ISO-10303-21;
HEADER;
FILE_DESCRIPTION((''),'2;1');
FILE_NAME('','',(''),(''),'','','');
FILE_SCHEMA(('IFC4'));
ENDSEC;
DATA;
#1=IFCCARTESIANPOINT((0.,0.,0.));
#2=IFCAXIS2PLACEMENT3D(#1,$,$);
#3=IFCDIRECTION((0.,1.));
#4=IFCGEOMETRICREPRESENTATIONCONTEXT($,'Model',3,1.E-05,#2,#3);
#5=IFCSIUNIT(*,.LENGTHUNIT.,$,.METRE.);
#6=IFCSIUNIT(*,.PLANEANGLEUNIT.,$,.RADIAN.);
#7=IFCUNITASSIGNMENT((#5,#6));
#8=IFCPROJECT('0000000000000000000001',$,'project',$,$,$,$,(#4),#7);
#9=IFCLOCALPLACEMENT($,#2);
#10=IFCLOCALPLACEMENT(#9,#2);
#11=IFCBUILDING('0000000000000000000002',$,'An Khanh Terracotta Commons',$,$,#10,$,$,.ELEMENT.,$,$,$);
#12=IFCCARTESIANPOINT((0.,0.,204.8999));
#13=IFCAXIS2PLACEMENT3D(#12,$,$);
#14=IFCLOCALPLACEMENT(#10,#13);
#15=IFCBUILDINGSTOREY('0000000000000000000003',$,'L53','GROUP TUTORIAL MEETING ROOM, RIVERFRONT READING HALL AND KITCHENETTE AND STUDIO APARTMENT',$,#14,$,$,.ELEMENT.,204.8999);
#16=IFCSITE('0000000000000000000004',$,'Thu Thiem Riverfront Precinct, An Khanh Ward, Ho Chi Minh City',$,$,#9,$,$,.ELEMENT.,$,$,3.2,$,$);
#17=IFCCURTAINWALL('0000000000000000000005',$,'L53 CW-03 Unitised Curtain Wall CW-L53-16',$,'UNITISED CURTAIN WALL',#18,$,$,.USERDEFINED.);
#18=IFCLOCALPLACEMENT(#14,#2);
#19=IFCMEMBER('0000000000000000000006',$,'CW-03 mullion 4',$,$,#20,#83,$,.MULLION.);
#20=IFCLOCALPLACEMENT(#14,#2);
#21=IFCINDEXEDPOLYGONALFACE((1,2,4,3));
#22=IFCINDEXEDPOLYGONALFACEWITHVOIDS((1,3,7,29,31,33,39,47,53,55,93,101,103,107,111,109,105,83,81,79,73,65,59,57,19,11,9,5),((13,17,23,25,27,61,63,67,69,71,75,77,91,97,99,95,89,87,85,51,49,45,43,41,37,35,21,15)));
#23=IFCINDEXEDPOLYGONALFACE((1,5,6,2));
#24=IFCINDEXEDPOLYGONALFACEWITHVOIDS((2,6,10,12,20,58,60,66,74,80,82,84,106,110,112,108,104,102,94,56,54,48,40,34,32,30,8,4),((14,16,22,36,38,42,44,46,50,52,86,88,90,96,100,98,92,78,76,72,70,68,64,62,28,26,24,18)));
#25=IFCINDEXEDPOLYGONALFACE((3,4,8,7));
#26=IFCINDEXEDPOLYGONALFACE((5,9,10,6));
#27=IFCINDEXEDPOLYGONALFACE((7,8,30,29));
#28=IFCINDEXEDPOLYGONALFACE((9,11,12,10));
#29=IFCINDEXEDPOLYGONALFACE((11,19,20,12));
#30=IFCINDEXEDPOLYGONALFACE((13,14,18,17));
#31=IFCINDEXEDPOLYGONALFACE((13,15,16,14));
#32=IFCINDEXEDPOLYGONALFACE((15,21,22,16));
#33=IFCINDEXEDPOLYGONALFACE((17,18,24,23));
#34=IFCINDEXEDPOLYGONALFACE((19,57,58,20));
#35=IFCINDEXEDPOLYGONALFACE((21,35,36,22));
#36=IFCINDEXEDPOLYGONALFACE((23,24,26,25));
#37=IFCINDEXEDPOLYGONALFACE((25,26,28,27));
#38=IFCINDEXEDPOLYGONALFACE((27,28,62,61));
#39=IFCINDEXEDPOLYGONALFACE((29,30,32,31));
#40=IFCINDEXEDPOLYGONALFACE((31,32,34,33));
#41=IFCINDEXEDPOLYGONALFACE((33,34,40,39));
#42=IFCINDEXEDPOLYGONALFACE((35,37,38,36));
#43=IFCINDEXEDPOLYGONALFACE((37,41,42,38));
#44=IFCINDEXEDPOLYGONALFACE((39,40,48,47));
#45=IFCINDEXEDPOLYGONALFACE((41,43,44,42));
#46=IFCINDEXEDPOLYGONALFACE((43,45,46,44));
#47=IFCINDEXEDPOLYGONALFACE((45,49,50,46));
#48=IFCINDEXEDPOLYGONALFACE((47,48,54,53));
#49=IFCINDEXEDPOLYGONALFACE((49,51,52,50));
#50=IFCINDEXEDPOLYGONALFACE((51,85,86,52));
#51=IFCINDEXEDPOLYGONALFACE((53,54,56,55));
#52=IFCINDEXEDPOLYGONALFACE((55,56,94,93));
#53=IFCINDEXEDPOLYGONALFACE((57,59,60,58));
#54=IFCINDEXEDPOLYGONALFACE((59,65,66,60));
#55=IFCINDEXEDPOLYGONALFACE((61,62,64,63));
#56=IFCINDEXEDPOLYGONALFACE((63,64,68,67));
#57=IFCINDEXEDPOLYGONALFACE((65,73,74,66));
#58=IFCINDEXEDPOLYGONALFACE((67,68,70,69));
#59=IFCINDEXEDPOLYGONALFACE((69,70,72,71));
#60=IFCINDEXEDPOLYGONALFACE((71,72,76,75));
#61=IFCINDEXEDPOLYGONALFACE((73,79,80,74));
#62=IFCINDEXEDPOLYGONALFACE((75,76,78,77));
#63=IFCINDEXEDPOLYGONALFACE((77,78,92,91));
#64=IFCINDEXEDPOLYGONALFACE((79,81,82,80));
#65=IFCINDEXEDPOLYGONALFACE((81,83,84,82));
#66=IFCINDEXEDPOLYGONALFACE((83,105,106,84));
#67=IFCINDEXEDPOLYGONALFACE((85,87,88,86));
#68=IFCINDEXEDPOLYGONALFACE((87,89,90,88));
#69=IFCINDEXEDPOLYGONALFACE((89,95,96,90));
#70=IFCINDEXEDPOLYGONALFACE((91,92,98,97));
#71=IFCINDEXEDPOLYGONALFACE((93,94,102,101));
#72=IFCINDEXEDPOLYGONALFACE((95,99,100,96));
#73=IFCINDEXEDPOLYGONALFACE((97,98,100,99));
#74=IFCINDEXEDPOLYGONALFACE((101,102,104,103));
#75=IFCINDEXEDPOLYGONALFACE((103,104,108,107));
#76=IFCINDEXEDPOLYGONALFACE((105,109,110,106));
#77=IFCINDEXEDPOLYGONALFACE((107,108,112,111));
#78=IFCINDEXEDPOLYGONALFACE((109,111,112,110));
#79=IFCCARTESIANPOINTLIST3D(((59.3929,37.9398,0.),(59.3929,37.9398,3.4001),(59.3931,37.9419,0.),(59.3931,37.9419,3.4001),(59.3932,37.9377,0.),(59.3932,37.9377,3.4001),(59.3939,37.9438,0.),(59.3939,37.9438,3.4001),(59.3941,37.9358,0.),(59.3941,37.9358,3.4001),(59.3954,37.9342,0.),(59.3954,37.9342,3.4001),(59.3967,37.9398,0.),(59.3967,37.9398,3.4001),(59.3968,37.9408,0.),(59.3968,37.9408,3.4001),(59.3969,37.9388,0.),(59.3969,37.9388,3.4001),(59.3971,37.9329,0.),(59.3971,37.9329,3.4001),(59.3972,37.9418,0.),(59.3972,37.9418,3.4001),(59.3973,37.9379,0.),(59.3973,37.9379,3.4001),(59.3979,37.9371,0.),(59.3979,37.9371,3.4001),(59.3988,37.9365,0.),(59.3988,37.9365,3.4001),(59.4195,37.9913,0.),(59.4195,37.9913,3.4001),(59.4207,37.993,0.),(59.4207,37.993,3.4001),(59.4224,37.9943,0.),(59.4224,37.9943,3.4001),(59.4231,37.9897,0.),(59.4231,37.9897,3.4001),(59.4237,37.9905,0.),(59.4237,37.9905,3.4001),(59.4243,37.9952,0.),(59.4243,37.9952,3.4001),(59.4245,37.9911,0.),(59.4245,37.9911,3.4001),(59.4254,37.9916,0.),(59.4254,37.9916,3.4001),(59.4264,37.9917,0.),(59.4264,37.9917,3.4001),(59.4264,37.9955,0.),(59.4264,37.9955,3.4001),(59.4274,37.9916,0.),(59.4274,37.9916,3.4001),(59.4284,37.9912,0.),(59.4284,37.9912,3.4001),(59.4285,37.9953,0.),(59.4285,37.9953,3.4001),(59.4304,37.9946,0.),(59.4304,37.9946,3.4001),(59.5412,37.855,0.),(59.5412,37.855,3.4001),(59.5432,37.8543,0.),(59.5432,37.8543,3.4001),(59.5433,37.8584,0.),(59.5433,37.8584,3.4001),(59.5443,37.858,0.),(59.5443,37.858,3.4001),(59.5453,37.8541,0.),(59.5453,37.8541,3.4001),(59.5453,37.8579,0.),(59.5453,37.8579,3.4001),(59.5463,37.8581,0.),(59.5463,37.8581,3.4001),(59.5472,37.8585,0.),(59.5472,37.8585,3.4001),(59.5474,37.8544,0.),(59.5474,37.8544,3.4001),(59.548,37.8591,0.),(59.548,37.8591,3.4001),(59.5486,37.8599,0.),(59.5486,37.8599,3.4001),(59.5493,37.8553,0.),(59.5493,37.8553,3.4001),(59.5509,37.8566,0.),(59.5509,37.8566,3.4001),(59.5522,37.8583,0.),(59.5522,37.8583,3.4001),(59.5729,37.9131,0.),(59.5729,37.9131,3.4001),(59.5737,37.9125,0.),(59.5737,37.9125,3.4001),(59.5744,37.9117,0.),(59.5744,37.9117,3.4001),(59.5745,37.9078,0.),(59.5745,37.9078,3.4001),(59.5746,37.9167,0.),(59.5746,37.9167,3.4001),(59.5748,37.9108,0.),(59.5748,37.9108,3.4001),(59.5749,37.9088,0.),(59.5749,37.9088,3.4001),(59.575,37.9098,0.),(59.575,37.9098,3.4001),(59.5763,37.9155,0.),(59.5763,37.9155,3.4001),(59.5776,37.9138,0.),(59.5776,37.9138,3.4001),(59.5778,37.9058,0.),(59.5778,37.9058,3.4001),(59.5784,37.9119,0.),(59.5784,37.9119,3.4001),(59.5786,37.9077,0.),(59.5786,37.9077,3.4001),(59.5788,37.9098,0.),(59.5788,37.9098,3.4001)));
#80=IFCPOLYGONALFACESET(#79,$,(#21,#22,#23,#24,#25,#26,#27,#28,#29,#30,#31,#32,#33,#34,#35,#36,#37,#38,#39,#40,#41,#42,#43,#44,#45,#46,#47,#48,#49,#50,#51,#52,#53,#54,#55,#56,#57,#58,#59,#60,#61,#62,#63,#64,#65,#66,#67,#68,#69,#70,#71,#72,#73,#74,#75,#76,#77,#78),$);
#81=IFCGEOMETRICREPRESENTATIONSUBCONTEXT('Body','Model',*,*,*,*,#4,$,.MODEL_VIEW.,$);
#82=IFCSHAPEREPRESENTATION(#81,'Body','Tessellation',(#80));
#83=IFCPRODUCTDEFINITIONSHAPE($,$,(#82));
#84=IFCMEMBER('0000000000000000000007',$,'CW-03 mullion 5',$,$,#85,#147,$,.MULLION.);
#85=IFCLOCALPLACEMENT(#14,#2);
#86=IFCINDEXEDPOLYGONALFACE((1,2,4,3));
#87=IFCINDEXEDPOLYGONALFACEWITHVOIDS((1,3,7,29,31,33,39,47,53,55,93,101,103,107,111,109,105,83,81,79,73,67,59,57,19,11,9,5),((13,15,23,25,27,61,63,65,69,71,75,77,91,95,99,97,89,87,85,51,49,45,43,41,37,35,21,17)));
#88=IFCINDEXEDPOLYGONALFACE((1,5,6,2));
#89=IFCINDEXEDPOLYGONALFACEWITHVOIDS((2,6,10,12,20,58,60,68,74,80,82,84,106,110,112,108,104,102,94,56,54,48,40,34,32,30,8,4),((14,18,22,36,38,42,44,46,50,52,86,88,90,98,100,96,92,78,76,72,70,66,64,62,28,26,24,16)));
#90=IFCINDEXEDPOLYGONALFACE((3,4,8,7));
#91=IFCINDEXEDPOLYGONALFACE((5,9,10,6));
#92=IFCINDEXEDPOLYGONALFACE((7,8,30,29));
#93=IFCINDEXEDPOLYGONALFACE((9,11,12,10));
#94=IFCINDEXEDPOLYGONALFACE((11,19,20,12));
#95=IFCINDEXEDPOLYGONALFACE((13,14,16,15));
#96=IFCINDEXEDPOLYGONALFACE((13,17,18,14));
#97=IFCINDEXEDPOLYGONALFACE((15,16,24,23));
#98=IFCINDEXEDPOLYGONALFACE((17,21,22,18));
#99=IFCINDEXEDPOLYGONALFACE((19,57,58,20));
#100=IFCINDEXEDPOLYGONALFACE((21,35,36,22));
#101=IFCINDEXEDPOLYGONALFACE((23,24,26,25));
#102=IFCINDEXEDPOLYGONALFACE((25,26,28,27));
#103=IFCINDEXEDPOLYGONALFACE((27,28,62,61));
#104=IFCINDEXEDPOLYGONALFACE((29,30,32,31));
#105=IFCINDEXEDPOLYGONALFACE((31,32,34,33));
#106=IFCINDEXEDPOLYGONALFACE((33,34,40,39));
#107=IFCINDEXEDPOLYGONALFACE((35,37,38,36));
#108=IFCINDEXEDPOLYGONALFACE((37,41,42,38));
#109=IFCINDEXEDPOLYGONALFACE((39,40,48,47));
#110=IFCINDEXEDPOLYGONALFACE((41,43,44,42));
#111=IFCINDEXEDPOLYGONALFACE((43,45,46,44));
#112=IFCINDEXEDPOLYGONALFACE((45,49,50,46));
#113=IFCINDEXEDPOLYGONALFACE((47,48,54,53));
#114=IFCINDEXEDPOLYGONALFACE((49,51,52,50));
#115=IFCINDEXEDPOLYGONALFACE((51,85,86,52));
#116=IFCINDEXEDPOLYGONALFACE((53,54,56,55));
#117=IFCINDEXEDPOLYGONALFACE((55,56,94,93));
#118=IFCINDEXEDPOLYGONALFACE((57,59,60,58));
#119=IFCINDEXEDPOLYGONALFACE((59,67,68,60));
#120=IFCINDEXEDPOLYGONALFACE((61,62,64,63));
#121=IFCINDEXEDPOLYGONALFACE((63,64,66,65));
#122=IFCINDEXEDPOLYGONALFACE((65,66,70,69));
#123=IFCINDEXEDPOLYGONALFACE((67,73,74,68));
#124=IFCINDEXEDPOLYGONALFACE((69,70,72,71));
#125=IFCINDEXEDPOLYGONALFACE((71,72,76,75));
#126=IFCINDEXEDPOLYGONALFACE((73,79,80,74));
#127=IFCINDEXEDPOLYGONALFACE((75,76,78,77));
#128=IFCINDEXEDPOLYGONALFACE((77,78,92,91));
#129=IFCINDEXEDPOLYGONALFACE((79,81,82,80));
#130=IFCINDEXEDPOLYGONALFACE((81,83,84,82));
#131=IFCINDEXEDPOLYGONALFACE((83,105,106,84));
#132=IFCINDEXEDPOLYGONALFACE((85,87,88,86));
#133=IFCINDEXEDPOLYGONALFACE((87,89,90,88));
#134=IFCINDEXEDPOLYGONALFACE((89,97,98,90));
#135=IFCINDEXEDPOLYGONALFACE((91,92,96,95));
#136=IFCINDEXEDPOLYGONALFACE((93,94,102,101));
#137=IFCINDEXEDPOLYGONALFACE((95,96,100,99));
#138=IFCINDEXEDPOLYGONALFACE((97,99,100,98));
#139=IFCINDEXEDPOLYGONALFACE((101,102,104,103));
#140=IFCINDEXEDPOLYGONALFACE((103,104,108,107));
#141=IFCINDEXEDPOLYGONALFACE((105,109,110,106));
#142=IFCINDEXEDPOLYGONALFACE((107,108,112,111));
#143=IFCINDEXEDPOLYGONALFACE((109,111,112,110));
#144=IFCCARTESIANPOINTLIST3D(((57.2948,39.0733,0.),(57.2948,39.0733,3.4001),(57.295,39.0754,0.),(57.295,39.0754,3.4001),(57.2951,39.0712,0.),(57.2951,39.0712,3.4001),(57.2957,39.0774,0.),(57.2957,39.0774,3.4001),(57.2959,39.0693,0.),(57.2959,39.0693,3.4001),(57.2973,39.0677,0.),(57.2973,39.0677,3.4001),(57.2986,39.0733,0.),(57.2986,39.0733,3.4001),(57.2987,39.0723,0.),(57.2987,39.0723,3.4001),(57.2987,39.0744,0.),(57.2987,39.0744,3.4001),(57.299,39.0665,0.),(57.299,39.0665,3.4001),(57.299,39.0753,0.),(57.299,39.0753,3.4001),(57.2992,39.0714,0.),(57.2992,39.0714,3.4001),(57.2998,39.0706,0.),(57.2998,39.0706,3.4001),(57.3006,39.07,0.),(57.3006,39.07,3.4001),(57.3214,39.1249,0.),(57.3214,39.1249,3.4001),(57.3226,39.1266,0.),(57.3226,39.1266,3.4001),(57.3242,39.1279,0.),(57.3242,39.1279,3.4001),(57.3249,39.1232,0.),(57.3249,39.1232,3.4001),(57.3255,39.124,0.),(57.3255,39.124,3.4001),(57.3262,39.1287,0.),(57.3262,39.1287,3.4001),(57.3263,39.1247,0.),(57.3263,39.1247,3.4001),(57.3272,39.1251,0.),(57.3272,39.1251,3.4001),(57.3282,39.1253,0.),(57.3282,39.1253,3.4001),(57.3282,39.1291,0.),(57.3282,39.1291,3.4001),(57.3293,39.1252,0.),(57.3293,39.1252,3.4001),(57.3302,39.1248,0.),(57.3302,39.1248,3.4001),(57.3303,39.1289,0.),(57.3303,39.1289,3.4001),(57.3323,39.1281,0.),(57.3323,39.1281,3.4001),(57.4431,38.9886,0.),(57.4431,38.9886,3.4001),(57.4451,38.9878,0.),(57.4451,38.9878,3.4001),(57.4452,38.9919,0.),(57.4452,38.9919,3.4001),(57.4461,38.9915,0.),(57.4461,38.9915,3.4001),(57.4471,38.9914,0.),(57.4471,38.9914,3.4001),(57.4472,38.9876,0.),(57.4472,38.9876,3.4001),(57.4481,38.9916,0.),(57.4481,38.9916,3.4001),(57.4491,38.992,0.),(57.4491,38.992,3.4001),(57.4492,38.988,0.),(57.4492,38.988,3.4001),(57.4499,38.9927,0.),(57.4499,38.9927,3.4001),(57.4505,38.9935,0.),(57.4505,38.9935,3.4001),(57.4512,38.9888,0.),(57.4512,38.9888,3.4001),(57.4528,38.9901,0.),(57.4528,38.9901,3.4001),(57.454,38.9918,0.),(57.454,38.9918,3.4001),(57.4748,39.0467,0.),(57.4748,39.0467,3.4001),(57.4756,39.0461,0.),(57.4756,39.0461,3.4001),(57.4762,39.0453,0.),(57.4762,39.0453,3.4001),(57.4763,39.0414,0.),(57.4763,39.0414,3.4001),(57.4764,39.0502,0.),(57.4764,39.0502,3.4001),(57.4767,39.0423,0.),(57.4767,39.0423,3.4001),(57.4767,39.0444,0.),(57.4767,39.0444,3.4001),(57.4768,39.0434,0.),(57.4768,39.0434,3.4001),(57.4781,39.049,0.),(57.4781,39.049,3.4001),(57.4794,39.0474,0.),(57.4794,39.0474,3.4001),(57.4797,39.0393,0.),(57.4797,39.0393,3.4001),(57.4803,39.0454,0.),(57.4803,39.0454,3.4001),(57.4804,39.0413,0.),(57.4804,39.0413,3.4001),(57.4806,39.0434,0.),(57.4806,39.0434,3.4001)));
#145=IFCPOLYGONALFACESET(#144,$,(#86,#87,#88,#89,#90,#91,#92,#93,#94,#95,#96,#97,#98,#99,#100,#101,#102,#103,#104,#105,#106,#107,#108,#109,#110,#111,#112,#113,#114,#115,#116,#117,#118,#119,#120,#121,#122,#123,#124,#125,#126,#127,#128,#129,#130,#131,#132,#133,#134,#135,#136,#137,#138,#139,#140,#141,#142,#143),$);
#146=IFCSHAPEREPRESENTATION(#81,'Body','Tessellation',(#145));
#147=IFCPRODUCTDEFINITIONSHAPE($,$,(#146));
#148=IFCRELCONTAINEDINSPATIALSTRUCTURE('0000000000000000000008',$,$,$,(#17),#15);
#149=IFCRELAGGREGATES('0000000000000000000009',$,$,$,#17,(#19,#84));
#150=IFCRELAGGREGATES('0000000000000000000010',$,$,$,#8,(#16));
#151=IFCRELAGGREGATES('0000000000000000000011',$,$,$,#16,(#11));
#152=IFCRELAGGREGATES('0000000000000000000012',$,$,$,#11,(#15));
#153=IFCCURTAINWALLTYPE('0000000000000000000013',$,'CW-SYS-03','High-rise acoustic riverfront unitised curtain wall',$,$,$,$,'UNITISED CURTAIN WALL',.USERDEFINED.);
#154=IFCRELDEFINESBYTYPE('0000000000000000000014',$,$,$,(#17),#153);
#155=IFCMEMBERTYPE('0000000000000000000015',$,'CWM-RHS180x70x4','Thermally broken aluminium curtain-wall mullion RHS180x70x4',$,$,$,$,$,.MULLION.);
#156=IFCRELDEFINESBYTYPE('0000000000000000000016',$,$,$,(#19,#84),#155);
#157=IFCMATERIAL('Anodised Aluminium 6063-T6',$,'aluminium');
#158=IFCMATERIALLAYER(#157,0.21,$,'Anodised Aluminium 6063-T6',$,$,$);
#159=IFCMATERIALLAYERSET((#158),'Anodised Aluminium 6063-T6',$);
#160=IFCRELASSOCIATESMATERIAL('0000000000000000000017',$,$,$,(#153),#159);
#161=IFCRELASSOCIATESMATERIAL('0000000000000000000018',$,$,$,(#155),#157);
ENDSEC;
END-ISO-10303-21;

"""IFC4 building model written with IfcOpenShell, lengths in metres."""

from ifc_helpers import new_model, si_unit, direction, frame, origin, origin_2d, place, context, subcontext, project, spatial, hollow_rectangle, extrude, material, layer, layer_set, material_profile, profile_set, type_object, element, aggregate, save


model = new_model("IFC4")

# Units and contexts
model_context = context("Model", 3, precision=1e-05, world=origin(), true_north=direction((0.0, 1.0)))
body_context = subcontext(model_context, "Body", "Model", "MODEL_VIEW")
ifc_project = project(units=[si_unit("LENGTHUNIT", "METRE"), si_unit("PLANEANGLEUNIT", "RADIAN")], contexts=[model_context])

# Site, building, storey
site_placement = place(None, origin())
site = spatial("IfcSite", under=ifc_project, at=site_placement, Name="Thu Thiem Riverfront Precinct, An Khanh Ward, Ho Chi Minh City", CompositionType="ELEMENT", RefElevation=3.2)
building_placement = place(site_placement, origin())
building = spatial("IfcBuilding", under=site, at=building_placement, Name="An Khanh Terracotta Commons", CompositionType="ELEMENT")
storey_placement = place(building_placement, frame((0.0, 0.0, 204.8999)))
storey = spatial("IfcBuildingStorey", under=building, at=storey_placement, Name="L53", Description="GROUP TUTORIAL MEETING ROOM, RIVERFRONT READING HALL AND KITCHENETTE AND STUDIO APARTMENT", CompositionType="ELEMENT", Elevation=204.8999)

# Curtain wall, members
ifc_material_1 = material(Name="Anodised Aluminium 6063-T6", Category="aluminium")
ifc_layer_1 = layer(ifc_material_1, 0.21, Name="Anodised Aluminium 6063-T6")
ifc_layer_set_1 = layer_set([ifc_layer_1], Name="Anodised Aluminium 6063-T6")
curtain_wall_type = type_object("IfcCurtainWallType", Name="CW-SYS-03", Description="High-rise acoustic riverfront unitised curtain wall", ElementType="UNITISED CURTAIN WALL", PredefinedType="USERDEFINED", material=ifc_layer_set_1)
curtain_wall_placement = place(storey_placement, origin())
curtain_wall = element("IfcCurtainWall", 1, at=curtain_wall_placement, inside=storey, type_object=curtain_wall_type, Name="L53 CW-03 Unitised Curtain Wall CW-L53-16", ObjectType="UNITISED CURTAIN WALL", PredefinedType="USERDEFINED")
ifc_material_profile_1 = material_profile(ifc_material_1, hollow_rectangle(XDim=0.0701, YDim=0.1799, WallThickness=0.0039, InnerFilletRadius=0.0039, OuterFilletRadius=0.0081, at=origin_2d()), Name="RHS180x70x4")
ifc_profile_set_1 = profile_set([ifc_material_profile_1], Name="Anodised Aluminium 6063-T6")
member_type_1 = type_object("IfcMemberType", Name="CWM-RHS180x70x4", Description="Thermally broken aluminium curtain-wall mullion RHS180x70x4", PredefinedType="MULLION", material=ifc_profile_set_1)
member_1_placement = place(storey_placement, frame((59.4858, 37.9248, 0.0), z_axis=(0.0, 0.0, 1.0), x_axis=(-0.475381, -0.87978, 0.0)))
member_1 = element("IfcMember", 2, at=member_1_placement, type_object=member_type_1, Name="CW-03 mullion 4", PredefinedType="MULLION", context=body_context, shape_type="SweptSolid", body=[
    extrude(hollow_rectangle(XDim=0.0701, YDim=0.1799, WallThickness=0.0039, InnerFilletRadius=0.0039, OuterFilletRadius=0.0081, at=origin_2d()), origin(), (0.0, 0.0, 1.0), 3.4001),
])
member_2_placement = place(storey_placement, frame((57.3877, 39.0583, 0.0), z_axis=(0.0, 0.0, 1.0), x_axis=(-0.475381, -0.87978, 0.0)))
member_2 = element("IfcMember", 3, at=member_2_placement, type_object=member_type_1, Name="CW-03 mullion 5", PredefinedType="MULLION", context=body_context, shape_type="SweptSolid", body=[
    extrude(hollow_rectangle(XDim=0.0701, YDim=0.1799, WallThickness=0.0039, InnerFilletRadius=0.0039, OuterFilletRadius=0.0081, at=origin_2d()), origin(), (0.0, 0.0, 1.0), 3.4001),
])
aggregate(curtain_wall, [member_1, member_2])

save(model, "model.ifc")
